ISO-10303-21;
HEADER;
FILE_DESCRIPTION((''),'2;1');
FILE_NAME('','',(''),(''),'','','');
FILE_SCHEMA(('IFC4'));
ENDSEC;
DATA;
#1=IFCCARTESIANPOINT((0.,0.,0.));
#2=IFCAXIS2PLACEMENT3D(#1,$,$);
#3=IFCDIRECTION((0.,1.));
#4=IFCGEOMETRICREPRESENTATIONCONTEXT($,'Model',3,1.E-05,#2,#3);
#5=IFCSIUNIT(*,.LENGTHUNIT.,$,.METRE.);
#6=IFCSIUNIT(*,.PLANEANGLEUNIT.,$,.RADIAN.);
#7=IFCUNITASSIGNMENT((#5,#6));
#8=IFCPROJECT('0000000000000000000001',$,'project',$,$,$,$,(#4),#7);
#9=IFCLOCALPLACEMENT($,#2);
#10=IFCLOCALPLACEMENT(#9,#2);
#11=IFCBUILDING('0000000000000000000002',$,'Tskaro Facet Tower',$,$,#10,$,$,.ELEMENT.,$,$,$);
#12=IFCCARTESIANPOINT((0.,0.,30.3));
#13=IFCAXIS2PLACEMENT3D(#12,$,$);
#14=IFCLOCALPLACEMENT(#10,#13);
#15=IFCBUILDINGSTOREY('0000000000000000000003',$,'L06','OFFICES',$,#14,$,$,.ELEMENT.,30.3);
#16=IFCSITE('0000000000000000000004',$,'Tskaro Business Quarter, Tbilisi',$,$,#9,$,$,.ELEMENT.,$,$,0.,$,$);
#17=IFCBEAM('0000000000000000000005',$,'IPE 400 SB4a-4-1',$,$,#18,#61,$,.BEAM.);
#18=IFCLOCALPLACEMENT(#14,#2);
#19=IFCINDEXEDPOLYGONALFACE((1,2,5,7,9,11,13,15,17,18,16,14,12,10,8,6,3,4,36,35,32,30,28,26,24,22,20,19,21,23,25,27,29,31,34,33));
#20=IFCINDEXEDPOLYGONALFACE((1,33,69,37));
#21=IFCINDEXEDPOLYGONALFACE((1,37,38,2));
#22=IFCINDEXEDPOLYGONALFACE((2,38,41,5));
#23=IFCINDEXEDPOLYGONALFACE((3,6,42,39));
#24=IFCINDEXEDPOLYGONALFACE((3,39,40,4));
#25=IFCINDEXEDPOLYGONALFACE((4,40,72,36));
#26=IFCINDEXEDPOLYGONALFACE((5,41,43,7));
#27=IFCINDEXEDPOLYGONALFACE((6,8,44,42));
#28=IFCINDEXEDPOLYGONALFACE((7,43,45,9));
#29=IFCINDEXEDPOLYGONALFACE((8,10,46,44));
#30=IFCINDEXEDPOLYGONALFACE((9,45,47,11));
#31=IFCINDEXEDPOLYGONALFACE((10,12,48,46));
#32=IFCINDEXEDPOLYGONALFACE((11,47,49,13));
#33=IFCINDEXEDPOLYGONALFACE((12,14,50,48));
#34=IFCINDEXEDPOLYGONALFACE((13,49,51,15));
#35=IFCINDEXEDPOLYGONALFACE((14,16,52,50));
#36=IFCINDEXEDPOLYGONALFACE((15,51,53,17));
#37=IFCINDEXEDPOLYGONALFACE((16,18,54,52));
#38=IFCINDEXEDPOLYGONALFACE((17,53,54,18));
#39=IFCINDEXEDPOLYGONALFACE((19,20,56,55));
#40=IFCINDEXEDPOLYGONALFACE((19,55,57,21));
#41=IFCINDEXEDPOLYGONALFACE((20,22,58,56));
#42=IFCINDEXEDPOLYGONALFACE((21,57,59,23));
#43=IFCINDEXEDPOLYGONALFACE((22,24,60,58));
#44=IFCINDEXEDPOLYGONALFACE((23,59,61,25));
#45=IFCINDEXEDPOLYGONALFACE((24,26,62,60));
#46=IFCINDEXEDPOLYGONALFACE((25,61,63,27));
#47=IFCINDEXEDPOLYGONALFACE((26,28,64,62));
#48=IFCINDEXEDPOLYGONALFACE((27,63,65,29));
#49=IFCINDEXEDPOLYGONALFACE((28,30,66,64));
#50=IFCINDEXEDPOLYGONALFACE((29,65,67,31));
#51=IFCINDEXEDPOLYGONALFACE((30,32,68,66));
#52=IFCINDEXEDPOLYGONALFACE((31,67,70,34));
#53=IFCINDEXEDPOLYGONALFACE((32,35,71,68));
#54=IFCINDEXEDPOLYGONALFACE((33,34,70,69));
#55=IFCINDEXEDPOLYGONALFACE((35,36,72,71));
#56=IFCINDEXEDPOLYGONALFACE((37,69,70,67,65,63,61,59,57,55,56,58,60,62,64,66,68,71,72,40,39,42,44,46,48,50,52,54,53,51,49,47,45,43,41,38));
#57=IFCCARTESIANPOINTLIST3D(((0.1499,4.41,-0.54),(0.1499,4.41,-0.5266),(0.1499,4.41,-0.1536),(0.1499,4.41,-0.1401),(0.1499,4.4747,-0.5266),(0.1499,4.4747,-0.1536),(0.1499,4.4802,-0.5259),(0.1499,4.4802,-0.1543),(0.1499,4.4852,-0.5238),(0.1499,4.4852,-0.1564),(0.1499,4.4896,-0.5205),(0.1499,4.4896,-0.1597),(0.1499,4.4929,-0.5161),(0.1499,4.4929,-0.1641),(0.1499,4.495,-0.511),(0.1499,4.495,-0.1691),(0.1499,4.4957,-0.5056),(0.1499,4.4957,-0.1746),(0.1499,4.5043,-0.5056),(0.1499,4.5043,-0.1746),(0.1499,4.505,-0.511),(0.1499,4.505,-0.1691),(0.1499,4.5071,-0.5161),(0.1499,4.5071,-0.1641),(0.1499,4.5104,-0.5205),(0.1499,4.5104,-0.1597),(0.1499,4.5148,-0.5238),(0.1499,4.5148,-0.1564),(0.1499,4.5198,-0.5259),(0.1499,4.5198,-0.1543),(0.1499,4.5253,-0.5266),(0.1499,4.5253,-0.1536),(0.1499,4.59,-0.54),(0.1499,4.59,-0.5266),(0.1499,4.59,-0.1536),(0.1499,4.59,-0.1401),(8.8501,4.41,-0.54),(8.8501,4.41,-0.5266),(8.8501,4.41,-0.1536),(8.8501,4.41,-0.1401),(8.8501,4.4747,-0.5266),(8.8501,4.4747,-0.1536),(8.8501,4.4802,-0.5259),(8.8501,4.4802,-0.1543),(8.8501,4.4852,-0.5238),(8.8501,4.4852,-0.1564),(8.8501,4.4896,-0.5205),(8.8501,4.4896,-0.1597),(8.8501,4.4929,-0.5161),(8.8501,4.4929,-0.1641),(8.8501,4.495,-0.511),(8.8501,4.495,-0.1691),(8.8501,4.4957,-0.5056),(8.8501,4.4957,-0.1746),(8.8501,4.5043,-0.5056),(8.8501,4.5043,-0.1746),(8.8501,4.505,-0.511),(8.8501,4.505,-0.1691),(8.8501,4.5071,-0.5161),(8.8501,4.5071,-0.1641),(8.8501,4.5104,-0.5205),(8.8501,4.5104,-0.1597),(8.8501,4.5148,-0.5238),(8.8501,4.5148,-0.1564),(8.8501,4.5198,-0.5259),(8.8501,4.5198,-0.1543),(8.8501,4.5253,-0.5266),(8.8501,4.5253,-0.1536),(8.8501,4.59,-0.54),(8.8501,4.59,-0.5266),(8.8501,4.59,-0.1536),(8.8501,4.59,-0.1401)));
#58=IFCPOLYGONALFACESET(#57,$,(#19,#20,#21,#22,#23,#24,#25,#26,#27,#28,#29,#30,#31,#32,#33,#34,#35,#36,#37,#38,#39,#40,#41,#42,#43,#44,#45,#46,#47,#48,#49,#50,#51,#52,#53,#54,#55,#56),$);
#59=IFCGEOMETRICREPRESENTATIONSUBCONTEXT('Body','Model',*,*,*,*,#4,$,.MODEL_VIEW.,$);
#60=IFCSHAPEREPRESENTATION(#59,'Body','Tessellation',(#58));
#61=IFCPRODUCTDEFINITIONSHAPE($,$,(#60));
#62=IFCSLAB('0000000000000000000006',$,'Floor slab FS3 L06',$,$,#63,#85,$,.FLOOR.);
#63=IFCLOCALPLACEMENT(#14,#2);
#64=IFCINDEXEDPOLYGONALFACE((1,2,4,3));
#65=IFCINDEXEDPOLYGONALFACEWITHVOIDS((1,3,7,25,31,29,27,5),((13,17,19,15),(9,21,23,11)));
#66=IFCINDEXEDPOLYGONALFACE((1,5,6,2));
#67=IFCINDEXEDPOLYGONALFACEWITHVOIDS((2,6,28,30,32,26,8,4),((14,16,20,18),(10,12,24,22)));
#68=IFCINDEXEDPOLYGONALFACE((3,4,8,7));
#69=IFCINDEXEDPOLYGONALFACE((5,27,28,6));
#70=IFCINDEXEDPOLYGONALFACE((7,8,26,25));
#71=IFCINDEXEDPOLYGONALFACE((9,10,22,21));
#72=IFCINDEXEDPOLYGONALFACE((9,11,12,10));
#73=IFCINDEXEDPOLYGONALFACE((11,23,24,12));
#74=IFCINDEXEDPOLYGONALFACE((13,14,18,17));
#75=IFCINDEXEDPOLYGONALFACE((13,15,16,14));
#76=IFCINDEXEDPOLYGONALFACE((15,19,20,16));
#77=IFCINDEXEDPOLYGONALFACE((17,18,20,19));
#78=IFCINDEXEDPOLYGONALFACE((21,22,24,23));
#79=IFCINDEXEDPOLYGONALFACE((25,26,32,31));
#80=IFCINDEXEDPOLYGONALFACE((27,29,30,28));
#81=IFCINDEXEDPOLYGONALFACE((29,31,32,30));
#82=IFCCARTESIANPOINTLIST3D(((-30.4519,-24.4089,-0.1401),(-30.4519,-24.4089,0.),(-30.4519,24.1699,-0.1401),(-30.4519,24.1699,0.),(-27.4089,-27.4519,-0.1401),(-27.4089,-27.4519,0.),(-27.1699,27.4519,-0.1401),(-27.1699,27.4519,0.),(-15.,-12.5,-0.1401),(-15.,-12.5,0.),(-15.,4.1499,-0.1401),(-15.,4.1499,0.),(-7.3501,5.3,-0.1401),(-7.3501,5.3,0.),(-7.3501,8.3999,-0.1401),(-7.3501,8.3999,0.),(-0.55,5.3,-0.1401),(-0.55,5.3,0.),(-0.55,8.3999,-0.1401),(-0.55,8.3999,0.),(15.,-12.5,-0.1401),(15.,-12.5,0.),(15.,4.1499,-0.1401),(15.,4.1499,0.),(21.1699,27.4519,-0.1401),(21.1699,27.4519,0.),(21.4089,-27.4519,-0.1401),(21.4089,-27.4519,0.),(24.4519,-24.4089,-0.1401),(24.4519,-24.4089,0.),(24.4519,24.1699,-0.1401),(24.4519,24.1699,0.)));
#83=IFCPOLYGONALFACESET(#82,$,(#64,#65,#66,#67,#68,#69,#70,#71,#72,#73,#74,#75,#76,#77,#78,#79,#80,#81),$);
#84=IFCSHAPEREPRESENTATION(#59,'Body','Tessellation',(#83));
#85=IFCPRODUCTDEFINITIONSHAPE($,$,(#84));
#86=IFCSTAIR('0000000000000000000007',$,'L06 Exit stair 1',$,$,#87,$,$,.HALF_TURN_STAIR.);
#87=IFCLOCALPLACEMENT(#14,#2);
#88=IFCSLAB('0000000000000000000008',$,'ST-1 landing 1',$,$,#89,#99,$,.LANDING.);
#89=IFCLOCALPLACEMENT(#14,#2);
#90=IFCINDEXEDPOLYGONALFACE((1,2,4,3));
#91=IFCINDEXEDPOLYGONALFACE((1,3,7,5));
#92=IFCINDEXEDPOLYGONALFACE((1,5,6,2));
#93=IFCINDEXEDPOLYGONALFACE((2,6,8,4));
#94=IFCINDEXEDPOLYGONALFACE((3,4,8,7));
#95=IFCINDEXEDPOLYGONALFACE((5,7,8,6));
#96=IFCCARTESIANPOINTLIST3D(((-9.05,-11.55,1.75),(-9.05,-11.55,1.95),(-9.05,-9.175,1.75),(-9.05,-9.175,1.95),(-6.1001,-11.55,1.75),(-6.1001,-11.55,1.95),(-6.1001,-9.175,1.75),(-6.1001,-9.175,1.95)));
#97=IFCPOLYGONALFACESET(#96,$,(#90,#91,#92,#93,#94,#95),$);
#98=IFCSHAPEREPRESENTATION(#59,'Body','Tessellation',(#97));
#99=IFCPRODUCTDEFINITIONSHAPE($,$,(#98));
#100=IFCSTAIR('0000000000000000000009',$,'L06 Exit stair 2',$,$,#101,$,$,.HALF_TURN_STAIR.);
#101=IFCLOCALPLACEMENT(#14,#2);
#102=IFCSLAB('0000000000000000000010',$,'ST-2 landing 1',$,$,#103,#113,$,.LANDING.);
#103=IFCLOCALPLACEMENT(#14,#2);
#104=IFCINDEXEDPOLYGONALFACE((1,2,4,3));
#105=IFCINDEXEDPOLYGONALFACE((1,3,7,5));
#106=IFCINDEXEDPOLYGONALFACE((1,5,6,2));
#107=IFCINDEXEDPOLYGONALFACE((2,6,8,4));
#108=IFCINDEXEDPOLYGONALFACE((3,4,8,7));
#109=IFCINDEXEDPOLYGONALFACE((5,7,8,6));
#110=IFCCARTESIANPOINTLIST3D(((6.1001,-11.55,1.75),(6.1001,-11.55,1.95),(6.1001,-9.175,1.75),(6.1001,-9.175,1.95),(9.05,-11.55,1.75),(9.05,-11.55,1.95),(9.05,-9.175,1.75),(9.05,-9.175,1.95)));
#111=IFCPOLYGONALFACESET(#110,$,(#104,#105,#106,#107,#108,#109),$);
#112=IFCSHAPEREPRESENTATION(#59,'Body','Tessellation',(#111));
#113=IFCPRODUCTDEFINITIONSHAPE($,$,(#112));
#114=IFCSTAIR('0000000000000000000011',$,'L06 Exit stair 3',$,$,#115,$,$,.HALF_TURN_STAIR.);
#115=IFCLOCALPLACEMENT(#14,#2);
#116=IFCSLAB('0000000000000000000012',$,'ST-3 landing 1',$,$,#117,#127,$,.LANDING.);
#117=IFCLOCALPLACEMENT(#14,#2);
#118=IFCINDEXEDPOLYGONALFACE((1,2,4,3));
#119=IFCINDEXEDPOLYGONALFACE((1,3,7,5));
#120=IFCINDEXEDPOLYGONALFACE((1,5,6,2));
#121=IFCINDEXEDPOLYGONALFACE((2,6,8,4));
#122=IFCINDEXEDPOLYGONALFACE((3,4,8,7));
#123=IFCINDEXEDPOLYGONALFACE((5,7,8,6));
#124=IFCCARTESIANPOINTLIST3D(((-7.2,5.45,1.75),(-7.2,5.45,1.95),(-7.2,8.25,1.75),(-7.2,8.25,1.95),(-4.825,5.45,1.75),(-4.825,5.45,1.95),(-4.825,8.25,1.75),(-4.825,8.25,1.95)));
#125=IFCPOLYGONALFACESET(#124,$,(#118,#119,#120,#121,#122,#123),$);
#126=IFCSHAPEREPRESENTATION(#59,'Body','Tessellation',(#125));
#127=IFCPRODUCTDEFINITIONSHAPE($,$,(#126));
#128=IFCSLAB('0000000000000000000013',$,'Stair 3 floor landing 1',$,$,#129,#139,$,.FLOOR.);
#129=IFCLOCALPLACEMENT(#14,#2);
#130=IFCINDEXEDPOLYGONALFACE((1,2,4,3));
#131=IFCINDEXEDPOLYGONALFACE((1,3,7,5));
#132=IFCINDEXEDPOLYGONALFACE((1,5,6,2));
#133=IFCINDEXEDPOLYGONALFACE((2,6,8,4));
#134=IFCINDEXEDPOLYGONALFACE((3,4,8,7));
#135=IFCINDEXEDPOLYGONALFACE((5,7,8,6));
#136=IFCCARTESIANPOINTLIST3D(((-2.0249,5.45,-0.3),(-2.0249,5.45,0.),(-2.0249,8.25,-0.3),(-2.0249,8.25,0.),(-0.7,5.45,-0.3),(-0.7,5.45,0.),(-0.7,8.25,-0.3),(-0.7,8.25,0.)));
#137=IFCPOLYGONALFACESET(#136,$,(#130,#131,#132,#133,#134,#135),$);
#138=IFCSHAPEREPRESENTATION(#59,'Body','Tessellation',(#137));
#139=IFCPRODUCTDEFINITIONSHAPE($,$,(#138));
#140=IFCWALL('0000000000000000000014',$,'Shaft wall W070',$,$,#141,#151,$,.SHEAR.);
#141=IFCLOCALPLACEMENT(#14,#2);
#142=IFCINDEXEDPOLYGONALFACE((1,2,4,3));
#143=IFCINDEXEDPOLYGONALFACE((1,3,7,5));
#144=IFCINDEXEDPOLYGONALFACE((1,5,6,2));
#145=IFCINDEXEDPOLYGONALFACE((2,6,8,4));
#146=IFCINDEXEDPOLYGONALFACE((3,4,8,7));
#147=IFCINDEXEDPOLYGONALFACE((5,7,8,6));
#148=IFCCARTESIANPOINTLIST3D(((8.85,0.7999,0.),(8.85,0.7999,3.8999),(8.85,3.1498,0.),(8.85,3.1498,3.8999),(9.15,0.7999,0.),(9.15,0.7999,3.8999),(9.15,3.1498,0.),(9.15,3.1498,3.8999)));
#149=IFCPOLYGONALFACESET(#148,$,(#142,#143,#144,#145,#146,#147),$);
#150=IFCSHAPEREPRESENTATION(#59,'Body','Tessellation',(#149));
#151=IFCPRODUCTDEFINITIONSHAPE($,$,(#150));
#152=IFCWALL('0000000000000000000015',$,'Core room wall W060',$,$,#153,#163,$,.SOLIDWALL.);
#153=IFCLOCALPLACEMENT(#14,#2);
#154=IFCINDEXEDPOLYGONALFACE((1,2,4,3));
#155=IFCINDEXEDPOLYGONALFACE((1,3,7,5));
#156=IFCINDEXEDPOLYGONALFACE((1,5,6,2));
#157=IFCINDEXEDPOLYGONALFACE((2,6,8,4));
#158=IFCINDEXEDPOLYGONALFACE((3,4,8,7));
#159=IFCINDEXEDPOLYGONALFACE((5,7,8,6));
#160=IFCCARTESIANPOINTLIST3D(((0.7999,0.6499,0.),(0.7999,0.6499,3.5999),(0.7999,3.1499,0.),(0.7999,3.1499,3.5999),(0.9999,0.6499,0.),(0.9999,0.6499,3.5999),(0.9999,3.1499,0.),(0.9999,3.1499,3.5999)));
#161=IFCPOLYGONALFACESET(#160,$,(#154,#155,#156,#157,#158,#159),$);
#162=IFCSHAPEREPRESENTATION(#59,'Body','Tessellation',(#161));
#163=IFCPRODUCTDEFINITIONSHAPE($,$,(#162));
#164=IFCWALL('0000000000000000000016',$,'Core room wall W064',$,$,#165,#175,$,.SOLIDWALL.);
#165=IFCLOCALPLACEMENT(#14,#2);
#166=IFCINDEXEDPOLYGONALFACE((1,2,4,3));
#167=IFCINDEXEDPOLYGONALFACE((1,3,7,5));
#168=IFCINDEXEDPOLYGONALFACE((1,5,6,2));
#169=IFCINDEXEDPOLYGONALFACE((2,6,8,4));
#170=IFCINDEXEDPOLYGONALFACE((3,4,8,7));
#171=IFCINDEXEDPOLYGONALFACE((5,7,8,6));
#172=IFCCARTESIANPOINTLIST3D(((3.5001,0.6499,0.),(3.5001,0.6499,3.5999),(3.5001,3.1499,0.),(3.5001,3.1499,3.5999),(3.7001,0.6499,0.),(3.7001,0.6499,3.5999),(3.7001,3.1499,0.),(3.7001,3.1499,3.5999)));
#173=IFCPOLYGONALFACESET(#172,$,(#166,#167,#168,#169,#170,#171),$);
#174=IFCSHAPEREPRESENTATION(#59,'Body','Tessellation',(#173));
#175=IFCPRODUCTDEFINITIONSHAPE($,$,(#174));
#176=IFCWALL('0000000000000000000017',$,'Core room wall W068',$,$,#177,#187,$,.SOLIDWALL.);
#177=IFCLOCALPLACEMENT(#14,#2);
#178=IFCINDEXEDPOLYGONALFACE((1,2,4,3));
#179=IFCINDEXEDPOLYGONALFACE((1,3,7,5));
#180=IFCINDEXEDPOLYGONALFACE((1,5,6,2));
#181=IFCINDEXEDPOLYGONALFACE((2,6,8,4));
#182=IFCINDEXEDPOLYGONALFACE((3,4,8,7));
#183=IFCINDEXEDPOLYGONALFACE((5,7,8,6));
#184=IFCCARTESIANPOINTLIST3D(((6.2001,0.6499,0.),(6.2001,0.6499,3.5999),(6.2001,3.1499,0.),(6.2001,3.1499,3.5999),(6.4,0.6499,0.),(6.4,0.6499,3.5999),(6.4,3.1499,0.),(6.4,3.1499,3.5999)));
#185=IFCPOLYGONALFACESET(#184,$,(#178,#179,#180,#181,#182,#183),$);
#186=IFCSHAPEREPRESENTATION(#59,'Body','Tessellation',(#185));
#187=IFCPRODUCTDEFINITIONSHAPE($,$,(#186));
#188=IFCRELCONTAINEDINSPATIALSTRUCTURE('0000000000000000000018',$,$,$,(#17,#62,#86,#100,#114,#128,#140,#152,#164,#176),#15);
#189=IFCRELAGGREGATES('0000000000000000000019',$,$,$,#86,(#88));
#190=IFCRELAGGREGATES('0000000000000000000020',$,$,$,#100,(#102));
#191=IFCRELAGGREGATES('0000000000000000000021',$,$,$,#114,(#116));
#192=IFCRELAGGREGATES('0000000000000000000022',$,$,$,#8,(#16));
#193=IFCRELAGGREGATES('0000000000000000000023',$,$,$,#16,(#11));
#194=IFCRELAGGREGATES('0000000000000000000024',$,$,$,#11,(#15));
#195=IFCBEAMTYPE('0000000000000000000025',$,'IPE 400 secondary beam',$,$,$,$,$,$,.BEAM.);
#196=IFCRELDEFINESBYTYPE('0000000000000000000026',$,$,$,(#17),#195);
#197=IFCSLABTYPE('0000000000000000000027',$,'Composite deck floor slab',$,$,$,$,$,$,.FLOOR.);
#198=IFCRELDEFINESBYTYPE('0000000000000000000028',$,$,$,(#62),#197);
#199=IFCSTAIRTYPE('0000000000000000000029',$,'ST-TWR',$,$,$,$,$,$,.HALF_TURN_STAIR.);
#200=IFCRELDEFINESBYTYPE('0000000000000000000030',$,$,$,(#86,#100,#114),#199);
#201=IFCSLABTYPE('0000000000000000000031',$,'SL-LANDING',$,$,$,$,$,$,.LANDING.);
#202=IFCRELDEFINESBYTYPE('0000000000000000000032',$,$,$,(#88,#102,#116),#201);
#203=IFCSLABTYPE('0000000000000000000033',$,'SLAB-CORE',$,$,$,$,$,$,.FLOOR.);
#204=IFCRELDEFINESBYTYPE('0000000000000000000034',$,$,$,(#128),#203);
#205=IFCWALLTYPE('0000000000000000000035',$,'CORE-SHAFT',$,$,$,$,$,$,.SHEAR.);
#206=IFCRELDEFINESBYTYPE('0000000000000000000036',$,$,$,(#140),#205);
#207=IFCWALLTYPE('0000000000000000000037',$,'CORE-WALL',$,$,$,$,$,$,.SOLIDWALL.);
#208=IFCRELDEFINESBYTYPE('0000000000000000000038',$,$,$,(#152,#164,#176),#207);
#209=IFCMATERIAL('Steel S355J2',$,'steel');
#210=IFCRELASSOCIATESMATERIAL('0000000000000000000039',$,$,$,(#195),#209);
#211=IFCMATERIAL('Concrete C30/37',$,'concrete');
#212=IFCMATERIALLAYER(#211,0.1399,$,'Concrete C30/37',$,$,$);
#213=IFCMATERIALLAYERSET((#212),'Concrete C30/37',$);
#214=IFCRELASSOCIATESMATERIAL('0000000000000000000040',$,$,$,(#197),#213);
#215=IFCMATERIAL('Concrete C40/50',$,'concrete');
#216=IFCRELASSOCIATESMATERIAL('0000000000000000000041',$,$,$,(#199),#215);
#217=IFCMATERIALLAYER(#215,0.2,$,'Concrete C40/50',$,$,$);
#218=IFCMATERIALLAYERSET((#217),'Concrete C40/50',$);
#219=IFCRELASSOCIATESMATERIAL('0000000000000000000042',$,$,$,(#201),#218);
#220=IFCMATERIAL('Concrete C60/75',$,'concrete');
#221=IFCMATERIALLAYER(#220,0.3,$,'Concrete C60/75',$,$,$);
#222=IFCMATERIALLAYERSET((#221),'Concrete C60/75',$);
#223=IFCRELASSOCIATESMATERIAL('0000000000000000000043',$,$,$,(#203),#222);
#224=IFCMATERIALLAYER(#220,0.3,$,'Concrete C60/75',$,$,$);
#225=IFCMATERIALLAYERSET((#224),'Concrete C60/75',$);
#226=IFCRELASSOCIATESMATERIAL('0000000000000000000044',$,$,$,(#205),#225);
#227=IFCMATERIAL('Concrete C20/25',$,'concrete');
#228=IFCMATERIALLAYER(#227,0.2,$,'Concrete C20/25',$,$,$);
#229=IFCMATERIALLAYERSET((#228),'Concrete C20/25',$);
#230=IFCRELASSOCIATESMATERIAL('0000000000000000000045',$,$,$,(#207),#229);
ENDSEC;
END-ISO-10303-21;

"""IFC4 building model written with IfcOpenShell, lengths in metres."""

from ifc_helpers import new_model, si_unit, direction, frame, frame_2d, origin, origin_2d, place, context, subcontext, project, spatial, polyline, rectangle, i_section, outline, extrude, material, layer, layer_set, material_profile, profile_set, type_object, element, aggregate, save


model = new_model("IFC4")

# Units and contexts
model_context = context("Model", 3, precision=1e-05, world=origin(), true_north=direction((0.0, 1.0)))
body_context = subcontext(model_context, "Body", "Model", "MODEL_VIEW")
ifc_project = project(units=[si_unit("LENGTHUNIT", "METRE"), si_unit("PLANEANGLEUNIT", "RADIAN")], contexts=[model_context])

# Site, building, storey
site_placement = place(None, origin())
site = spatial("IfcSite", under=ifc_project, at=site_placement, Name="Tskaro Business Quarter, Tbilisi", CompositionType="ELEMENT", RefElevation=0.0)
building_placement = place(site_placement, origin())
building = spatial("IfcBuilding", under=site, at=building_placement, Name="Tskaro Facet Tower", CompositionType="ELEMENT")
storey_placement = place(building_placement, frame((0.0, 0.0, 30.3)))
storey = spatial("IfcBuildingStorey", under=building, at=storey_placement, Name="L06", Description="OFFICES", CompositionType="ELEMENT", Elevation=30.3)

# Beam
ifc_material_1 = material(Name="Steel S355J2", Category="steel")
ifc_material_profile_1 = material_profile(ifc_material_1, i_section(OverallWidth=0.1799, OverallDepth=0.3999, WebThickness=0.0085, FlangeThickness=0.0134, FilletRadius=0.021, at=origin_2d()), Name="IPE 400")
ifc_profile_set_1 = profile_set([ifc_material_profile_1], Name="Steel S355J2")
beam_type_1 = type_object("IfcBeamType", Name="IPE 400 secondary beam", PredefinedType="BEAM", material=ifc_profile_set_1)
beam_1_placement = place(storey_placement, frame((0.1499, 4.5, -0.3401), z_axis=(1.0, 0.0, 0.0), x_axis=(0.0, 1.0, 0.0)))
element("IfcBeam", 1, at=beam_1_placement, inside=storey, type_object=beam_type_1, Name="IPE 400 SB4a-4-1", PredefinedType="BEAM", context=body_context, shape_type="SweptSolid", body=[
    extrude(i_section(OverallWidth=0.1799, OverallDepth=0.3999, WebThickness=0.0085, FlangeThickness=0.0134, FilletRadius=0.021, at=origin_2d()), origin(), (0.0, 0.0, 1.0), 8.7002),
])

# Slab
ifc_material_2 = material(Name="Concrete C30/37", Category="concrete")
ifc_layer_1 = layer(ifc_material_2, 0.1399, Name="Concrete C30/37")
ifc_layer_set_1 = layer_set([ifc_layer_1], Name="Concrete C30/37")
slab_type_1 = type_object("IfcSlabType", Name="Composite deck floor slab", PredefinedType="FLOOR", material=ifc_layer_set_1)
slab_1_placement = place(storey_placement, frame((0.0, 0.0, -0.1401)))
element("IfcSlab", 2, at=slab_1_placement, inside=storey, type_object=slab_type_1, Name="Floor slab FS3 L06", PredefinedType="FLOOR", context=body_context, shape_type="SweptSolid", body=[
    extrude(outline(polyline([(-27.4089, -27.4519), (21.4089, -27.4519), (24.4519, -24.4089), (24.4519, 24.1699), (21.1699, 27.4519), (-27.1699, 27.4519), (-30.4519, 24.1699), (-30.4519, -24.4089), (-27.4089, -27.4519)]), holes=[polyline([(-15.0, -12.5), (15.0, -12.5), (15.0, 4.1499), (-15.0, 4.1499), (-15.0, -12.5)]), polyline([(-7.3501, 5.3), (-0.55, 5.3), (-0.55, 8.3999), (-7.3501, 8.3999), (-7.3501, 5.3)])]), origin(), (0.0, 0.0, 1.0), 0.1401),
])

# Stairs, slabs
ifc_material_3 = material(Name="Concrete C40/50", Category="concrete")
stair_type = type_object("IfcStairType", Name="ST-TWR", PredefinedType="HALF_TURN_STAIR", material=ifc_material_3)
stair_1_placement = place(storey_placement, origin())
stair_1 = element("IfcStair", 3, at=stair_1_placement, inside=storey, type_object=stair_type, Name="L06 Exit stair 1", PredefinedType="HALF_TURN_STAIR")
ifc_layer_2 = layer(ifc_material_3, 0.2, Name="Concrete C40/50")
ifc_layer_set_2 = layer_set([ifc_layer_2], Name="Concrete C40/50")
slab_type_2 = type_object("IfcSlabType", Name="SL-LANDING", PredefinedType="LANDING", material=ifc_layer_set_2)
slab_2_placement = place(storey_placement, frame((0.0, 0.0, 1.75)))
slab_2 = element("IfcSlab", 4, at=slab_2_placement, type_object=slab_type_2, Name="ST-1 landing 1", PredefinedType="LANDING", context=body_context, shape_type="SweptSolid", body=[
    extrude(outline(polyline([(-9.05, -11.55), (-6.1001, -11.55), (-6.1001, -9.175), (-9.05, -9.175), (-9.05, -11.55)])), origin(), (0.0, 0.0, 1.0), 0.2),
])
aggregate(stair_1, [slab_2])
stair_2_placement = place(storey_placement, origin())
stair_2 = element("IfcStair", 5, at=stair_2_placement, inside=storey, type_object=stair_type, Name="L06 Exit stair 2", PredefinedType="HALF_TURN_STAIR")
slab_3_placement = place(storey_placement, frame((0.0, 0.0, 1.75)))
slab_3 = element("IfcSlab", 6, at=slab_3_placement, type_object=slab_type_2, Name="ST-2 landing 1", PredefinedType="LANDING", context=body_context, shape_type="SweptSolid", body=[
    extrude(outline(polyline([(6.1001, -11.55), (9.05, -11.55), (9.05, -9.175), (6.1001, -9.175), (6.1001, -11.55)])), origin(), (0.0, 0.0, 1.0), 0.2),
])
aggregate(stair_2, [slab_3])
stair_3_placement = place(storey_placement, origin())
stair_3 = element("IfcStair", 7, at=stair_3_placement, inside=storey, type_object=stair_type, Name="L06 Exit stair 3", PredefinedType="HALF_TURN_STAIR")
slab_4_placement = place(storey_placement, frame((0.0, 0.0, 1.75)))
slab_4 = element("IfcSlab", 8, at=slab_4_placement, type_object=slab_type_2, Name="ST-3 landing 1", PredefinedType="LANDING", context=body_context, shape_type="SweptSolid", body=[
    extrude(outline(polyline([(-7.2, 5.45), (-4.825, 5.45), (-4.825, 8.25), (-7.2, 8.25), (-7.2, 5.45)])), origin(), (0.0, 0.0, 1.0), 0.2),
])
aggregate(stair_3, [slab_4])

# Slab
ifc_material_4 = material(Name="Concrete C60/75", Category="concrete")
ifc_layer_3 = layer(ifc_material_4, 0.3, Name="Concrete C60/75")
ifc_layer_set_3 = layer_set([ifc_layer_3], Name="Concrete C60/75")
slab_type_3 = type_object("IfcSlabType", Name="SLAB-CORE", PredefinedType="FLOOR", material=ifc_layer_set_3)
slab_5_placement = place(storey_placement, frame((0.0, 0.0, -0.3)))
element("IfcSlab", 9, at=slab_5_placement, inside=storey, type_object=slab_type_3, Name="Stair 3 floor landing 1", PredefinedType="FLOOR", context=body_context, shape_type="SweptSolid", body=[
    extrude(outline(polyline([(-2.0249, 5.45), (-0.7, 5.45), (-0.7, 8.25), (-2.0249, 8.25), (-2.0249, 5.45)])), origin(), (0.0, 0.0, 1.0), 0.3),
])

# Walls
ifc_layer_4 = layer(ifc_material_4, 0.3, Name="Concrete C60/75")
ifc_layer_set_4 = layer_set([ifc_layer_4], Name="Concrete C60/75")
wall_type_1 = type_object("IfcWallType", Name="CORE-SHAFT", PredefinedType="SHEAR", material=ifc_layer_set_4)
wall_1_placement = place(storey_placement, frame((9.0, 0.8, 0.0), z_axis=(0.0, 0.0, 1.0), x_axis=(0.0, 1.0, 0.0)))
element("IfcWall", 10, at=wall_1_placement, inside=storey, type_object=wall_type_1, Name="Shaft wall W070", PredefinedType="SHEAR", context=body_context, shape_type="SweptSolid", body=[
    extrude(rectangle(XDim=2.3499, YDim=0.3, at=frame_2d((1.1748, 0.0))), origin(), (0.0, 0.0, 1.0), 3.8999),
])
ifc_material_5 = material(Name="Concrete C20/25", Category="concrete")
ifc_layer_5 = layer(ifc_material_5, 0.2, Name="Concrete C20/25")
ifc_layer_set_5 = layer_set([ifc_layer_5], Name="Concrete C20/25")
wall_type_2 = type_object("IfcWallType", Name="CORE-WALL", PredefinedType="SOLIDWALL", material=ifc_layer_set_5)
for number, where, z_axis, x_axis, name in (
    (11, (0.8999, 0.6499, 0.0), (0.0, 0.0, 1.0), (0.0, 1.0, 0.0), "Core room wall W060"),
    (12, (3.6001, 0.6499, 0.0), (0.0, 0.0, 1.0), (0.0, 1.0, 0.0), "Core room wall W064"),
    (13, (6.3, 0.6499, 0.0), (0.0, 0.0, 1.0), (0.0, 1.0, 0.0), "Core room wall W068"),
):
    element("IfcWall", number, at=place(storey_placement, frame(where, z_axis=z_axis, x_axis=x_axis)), inside=storey, type_object=wall_type_2, Name=name, PredefinedType="SOLIDWALL", context=body_context, shape_type="SweptSolid", body=[
        extrude(rectangle(XDim=2.5, YDim=0.2, at=frame_2d((1.25, 0.0))), origin(), (0.0, 0.0, 1.0), 3.5999),
    ])

save(model, "model.ifc")
